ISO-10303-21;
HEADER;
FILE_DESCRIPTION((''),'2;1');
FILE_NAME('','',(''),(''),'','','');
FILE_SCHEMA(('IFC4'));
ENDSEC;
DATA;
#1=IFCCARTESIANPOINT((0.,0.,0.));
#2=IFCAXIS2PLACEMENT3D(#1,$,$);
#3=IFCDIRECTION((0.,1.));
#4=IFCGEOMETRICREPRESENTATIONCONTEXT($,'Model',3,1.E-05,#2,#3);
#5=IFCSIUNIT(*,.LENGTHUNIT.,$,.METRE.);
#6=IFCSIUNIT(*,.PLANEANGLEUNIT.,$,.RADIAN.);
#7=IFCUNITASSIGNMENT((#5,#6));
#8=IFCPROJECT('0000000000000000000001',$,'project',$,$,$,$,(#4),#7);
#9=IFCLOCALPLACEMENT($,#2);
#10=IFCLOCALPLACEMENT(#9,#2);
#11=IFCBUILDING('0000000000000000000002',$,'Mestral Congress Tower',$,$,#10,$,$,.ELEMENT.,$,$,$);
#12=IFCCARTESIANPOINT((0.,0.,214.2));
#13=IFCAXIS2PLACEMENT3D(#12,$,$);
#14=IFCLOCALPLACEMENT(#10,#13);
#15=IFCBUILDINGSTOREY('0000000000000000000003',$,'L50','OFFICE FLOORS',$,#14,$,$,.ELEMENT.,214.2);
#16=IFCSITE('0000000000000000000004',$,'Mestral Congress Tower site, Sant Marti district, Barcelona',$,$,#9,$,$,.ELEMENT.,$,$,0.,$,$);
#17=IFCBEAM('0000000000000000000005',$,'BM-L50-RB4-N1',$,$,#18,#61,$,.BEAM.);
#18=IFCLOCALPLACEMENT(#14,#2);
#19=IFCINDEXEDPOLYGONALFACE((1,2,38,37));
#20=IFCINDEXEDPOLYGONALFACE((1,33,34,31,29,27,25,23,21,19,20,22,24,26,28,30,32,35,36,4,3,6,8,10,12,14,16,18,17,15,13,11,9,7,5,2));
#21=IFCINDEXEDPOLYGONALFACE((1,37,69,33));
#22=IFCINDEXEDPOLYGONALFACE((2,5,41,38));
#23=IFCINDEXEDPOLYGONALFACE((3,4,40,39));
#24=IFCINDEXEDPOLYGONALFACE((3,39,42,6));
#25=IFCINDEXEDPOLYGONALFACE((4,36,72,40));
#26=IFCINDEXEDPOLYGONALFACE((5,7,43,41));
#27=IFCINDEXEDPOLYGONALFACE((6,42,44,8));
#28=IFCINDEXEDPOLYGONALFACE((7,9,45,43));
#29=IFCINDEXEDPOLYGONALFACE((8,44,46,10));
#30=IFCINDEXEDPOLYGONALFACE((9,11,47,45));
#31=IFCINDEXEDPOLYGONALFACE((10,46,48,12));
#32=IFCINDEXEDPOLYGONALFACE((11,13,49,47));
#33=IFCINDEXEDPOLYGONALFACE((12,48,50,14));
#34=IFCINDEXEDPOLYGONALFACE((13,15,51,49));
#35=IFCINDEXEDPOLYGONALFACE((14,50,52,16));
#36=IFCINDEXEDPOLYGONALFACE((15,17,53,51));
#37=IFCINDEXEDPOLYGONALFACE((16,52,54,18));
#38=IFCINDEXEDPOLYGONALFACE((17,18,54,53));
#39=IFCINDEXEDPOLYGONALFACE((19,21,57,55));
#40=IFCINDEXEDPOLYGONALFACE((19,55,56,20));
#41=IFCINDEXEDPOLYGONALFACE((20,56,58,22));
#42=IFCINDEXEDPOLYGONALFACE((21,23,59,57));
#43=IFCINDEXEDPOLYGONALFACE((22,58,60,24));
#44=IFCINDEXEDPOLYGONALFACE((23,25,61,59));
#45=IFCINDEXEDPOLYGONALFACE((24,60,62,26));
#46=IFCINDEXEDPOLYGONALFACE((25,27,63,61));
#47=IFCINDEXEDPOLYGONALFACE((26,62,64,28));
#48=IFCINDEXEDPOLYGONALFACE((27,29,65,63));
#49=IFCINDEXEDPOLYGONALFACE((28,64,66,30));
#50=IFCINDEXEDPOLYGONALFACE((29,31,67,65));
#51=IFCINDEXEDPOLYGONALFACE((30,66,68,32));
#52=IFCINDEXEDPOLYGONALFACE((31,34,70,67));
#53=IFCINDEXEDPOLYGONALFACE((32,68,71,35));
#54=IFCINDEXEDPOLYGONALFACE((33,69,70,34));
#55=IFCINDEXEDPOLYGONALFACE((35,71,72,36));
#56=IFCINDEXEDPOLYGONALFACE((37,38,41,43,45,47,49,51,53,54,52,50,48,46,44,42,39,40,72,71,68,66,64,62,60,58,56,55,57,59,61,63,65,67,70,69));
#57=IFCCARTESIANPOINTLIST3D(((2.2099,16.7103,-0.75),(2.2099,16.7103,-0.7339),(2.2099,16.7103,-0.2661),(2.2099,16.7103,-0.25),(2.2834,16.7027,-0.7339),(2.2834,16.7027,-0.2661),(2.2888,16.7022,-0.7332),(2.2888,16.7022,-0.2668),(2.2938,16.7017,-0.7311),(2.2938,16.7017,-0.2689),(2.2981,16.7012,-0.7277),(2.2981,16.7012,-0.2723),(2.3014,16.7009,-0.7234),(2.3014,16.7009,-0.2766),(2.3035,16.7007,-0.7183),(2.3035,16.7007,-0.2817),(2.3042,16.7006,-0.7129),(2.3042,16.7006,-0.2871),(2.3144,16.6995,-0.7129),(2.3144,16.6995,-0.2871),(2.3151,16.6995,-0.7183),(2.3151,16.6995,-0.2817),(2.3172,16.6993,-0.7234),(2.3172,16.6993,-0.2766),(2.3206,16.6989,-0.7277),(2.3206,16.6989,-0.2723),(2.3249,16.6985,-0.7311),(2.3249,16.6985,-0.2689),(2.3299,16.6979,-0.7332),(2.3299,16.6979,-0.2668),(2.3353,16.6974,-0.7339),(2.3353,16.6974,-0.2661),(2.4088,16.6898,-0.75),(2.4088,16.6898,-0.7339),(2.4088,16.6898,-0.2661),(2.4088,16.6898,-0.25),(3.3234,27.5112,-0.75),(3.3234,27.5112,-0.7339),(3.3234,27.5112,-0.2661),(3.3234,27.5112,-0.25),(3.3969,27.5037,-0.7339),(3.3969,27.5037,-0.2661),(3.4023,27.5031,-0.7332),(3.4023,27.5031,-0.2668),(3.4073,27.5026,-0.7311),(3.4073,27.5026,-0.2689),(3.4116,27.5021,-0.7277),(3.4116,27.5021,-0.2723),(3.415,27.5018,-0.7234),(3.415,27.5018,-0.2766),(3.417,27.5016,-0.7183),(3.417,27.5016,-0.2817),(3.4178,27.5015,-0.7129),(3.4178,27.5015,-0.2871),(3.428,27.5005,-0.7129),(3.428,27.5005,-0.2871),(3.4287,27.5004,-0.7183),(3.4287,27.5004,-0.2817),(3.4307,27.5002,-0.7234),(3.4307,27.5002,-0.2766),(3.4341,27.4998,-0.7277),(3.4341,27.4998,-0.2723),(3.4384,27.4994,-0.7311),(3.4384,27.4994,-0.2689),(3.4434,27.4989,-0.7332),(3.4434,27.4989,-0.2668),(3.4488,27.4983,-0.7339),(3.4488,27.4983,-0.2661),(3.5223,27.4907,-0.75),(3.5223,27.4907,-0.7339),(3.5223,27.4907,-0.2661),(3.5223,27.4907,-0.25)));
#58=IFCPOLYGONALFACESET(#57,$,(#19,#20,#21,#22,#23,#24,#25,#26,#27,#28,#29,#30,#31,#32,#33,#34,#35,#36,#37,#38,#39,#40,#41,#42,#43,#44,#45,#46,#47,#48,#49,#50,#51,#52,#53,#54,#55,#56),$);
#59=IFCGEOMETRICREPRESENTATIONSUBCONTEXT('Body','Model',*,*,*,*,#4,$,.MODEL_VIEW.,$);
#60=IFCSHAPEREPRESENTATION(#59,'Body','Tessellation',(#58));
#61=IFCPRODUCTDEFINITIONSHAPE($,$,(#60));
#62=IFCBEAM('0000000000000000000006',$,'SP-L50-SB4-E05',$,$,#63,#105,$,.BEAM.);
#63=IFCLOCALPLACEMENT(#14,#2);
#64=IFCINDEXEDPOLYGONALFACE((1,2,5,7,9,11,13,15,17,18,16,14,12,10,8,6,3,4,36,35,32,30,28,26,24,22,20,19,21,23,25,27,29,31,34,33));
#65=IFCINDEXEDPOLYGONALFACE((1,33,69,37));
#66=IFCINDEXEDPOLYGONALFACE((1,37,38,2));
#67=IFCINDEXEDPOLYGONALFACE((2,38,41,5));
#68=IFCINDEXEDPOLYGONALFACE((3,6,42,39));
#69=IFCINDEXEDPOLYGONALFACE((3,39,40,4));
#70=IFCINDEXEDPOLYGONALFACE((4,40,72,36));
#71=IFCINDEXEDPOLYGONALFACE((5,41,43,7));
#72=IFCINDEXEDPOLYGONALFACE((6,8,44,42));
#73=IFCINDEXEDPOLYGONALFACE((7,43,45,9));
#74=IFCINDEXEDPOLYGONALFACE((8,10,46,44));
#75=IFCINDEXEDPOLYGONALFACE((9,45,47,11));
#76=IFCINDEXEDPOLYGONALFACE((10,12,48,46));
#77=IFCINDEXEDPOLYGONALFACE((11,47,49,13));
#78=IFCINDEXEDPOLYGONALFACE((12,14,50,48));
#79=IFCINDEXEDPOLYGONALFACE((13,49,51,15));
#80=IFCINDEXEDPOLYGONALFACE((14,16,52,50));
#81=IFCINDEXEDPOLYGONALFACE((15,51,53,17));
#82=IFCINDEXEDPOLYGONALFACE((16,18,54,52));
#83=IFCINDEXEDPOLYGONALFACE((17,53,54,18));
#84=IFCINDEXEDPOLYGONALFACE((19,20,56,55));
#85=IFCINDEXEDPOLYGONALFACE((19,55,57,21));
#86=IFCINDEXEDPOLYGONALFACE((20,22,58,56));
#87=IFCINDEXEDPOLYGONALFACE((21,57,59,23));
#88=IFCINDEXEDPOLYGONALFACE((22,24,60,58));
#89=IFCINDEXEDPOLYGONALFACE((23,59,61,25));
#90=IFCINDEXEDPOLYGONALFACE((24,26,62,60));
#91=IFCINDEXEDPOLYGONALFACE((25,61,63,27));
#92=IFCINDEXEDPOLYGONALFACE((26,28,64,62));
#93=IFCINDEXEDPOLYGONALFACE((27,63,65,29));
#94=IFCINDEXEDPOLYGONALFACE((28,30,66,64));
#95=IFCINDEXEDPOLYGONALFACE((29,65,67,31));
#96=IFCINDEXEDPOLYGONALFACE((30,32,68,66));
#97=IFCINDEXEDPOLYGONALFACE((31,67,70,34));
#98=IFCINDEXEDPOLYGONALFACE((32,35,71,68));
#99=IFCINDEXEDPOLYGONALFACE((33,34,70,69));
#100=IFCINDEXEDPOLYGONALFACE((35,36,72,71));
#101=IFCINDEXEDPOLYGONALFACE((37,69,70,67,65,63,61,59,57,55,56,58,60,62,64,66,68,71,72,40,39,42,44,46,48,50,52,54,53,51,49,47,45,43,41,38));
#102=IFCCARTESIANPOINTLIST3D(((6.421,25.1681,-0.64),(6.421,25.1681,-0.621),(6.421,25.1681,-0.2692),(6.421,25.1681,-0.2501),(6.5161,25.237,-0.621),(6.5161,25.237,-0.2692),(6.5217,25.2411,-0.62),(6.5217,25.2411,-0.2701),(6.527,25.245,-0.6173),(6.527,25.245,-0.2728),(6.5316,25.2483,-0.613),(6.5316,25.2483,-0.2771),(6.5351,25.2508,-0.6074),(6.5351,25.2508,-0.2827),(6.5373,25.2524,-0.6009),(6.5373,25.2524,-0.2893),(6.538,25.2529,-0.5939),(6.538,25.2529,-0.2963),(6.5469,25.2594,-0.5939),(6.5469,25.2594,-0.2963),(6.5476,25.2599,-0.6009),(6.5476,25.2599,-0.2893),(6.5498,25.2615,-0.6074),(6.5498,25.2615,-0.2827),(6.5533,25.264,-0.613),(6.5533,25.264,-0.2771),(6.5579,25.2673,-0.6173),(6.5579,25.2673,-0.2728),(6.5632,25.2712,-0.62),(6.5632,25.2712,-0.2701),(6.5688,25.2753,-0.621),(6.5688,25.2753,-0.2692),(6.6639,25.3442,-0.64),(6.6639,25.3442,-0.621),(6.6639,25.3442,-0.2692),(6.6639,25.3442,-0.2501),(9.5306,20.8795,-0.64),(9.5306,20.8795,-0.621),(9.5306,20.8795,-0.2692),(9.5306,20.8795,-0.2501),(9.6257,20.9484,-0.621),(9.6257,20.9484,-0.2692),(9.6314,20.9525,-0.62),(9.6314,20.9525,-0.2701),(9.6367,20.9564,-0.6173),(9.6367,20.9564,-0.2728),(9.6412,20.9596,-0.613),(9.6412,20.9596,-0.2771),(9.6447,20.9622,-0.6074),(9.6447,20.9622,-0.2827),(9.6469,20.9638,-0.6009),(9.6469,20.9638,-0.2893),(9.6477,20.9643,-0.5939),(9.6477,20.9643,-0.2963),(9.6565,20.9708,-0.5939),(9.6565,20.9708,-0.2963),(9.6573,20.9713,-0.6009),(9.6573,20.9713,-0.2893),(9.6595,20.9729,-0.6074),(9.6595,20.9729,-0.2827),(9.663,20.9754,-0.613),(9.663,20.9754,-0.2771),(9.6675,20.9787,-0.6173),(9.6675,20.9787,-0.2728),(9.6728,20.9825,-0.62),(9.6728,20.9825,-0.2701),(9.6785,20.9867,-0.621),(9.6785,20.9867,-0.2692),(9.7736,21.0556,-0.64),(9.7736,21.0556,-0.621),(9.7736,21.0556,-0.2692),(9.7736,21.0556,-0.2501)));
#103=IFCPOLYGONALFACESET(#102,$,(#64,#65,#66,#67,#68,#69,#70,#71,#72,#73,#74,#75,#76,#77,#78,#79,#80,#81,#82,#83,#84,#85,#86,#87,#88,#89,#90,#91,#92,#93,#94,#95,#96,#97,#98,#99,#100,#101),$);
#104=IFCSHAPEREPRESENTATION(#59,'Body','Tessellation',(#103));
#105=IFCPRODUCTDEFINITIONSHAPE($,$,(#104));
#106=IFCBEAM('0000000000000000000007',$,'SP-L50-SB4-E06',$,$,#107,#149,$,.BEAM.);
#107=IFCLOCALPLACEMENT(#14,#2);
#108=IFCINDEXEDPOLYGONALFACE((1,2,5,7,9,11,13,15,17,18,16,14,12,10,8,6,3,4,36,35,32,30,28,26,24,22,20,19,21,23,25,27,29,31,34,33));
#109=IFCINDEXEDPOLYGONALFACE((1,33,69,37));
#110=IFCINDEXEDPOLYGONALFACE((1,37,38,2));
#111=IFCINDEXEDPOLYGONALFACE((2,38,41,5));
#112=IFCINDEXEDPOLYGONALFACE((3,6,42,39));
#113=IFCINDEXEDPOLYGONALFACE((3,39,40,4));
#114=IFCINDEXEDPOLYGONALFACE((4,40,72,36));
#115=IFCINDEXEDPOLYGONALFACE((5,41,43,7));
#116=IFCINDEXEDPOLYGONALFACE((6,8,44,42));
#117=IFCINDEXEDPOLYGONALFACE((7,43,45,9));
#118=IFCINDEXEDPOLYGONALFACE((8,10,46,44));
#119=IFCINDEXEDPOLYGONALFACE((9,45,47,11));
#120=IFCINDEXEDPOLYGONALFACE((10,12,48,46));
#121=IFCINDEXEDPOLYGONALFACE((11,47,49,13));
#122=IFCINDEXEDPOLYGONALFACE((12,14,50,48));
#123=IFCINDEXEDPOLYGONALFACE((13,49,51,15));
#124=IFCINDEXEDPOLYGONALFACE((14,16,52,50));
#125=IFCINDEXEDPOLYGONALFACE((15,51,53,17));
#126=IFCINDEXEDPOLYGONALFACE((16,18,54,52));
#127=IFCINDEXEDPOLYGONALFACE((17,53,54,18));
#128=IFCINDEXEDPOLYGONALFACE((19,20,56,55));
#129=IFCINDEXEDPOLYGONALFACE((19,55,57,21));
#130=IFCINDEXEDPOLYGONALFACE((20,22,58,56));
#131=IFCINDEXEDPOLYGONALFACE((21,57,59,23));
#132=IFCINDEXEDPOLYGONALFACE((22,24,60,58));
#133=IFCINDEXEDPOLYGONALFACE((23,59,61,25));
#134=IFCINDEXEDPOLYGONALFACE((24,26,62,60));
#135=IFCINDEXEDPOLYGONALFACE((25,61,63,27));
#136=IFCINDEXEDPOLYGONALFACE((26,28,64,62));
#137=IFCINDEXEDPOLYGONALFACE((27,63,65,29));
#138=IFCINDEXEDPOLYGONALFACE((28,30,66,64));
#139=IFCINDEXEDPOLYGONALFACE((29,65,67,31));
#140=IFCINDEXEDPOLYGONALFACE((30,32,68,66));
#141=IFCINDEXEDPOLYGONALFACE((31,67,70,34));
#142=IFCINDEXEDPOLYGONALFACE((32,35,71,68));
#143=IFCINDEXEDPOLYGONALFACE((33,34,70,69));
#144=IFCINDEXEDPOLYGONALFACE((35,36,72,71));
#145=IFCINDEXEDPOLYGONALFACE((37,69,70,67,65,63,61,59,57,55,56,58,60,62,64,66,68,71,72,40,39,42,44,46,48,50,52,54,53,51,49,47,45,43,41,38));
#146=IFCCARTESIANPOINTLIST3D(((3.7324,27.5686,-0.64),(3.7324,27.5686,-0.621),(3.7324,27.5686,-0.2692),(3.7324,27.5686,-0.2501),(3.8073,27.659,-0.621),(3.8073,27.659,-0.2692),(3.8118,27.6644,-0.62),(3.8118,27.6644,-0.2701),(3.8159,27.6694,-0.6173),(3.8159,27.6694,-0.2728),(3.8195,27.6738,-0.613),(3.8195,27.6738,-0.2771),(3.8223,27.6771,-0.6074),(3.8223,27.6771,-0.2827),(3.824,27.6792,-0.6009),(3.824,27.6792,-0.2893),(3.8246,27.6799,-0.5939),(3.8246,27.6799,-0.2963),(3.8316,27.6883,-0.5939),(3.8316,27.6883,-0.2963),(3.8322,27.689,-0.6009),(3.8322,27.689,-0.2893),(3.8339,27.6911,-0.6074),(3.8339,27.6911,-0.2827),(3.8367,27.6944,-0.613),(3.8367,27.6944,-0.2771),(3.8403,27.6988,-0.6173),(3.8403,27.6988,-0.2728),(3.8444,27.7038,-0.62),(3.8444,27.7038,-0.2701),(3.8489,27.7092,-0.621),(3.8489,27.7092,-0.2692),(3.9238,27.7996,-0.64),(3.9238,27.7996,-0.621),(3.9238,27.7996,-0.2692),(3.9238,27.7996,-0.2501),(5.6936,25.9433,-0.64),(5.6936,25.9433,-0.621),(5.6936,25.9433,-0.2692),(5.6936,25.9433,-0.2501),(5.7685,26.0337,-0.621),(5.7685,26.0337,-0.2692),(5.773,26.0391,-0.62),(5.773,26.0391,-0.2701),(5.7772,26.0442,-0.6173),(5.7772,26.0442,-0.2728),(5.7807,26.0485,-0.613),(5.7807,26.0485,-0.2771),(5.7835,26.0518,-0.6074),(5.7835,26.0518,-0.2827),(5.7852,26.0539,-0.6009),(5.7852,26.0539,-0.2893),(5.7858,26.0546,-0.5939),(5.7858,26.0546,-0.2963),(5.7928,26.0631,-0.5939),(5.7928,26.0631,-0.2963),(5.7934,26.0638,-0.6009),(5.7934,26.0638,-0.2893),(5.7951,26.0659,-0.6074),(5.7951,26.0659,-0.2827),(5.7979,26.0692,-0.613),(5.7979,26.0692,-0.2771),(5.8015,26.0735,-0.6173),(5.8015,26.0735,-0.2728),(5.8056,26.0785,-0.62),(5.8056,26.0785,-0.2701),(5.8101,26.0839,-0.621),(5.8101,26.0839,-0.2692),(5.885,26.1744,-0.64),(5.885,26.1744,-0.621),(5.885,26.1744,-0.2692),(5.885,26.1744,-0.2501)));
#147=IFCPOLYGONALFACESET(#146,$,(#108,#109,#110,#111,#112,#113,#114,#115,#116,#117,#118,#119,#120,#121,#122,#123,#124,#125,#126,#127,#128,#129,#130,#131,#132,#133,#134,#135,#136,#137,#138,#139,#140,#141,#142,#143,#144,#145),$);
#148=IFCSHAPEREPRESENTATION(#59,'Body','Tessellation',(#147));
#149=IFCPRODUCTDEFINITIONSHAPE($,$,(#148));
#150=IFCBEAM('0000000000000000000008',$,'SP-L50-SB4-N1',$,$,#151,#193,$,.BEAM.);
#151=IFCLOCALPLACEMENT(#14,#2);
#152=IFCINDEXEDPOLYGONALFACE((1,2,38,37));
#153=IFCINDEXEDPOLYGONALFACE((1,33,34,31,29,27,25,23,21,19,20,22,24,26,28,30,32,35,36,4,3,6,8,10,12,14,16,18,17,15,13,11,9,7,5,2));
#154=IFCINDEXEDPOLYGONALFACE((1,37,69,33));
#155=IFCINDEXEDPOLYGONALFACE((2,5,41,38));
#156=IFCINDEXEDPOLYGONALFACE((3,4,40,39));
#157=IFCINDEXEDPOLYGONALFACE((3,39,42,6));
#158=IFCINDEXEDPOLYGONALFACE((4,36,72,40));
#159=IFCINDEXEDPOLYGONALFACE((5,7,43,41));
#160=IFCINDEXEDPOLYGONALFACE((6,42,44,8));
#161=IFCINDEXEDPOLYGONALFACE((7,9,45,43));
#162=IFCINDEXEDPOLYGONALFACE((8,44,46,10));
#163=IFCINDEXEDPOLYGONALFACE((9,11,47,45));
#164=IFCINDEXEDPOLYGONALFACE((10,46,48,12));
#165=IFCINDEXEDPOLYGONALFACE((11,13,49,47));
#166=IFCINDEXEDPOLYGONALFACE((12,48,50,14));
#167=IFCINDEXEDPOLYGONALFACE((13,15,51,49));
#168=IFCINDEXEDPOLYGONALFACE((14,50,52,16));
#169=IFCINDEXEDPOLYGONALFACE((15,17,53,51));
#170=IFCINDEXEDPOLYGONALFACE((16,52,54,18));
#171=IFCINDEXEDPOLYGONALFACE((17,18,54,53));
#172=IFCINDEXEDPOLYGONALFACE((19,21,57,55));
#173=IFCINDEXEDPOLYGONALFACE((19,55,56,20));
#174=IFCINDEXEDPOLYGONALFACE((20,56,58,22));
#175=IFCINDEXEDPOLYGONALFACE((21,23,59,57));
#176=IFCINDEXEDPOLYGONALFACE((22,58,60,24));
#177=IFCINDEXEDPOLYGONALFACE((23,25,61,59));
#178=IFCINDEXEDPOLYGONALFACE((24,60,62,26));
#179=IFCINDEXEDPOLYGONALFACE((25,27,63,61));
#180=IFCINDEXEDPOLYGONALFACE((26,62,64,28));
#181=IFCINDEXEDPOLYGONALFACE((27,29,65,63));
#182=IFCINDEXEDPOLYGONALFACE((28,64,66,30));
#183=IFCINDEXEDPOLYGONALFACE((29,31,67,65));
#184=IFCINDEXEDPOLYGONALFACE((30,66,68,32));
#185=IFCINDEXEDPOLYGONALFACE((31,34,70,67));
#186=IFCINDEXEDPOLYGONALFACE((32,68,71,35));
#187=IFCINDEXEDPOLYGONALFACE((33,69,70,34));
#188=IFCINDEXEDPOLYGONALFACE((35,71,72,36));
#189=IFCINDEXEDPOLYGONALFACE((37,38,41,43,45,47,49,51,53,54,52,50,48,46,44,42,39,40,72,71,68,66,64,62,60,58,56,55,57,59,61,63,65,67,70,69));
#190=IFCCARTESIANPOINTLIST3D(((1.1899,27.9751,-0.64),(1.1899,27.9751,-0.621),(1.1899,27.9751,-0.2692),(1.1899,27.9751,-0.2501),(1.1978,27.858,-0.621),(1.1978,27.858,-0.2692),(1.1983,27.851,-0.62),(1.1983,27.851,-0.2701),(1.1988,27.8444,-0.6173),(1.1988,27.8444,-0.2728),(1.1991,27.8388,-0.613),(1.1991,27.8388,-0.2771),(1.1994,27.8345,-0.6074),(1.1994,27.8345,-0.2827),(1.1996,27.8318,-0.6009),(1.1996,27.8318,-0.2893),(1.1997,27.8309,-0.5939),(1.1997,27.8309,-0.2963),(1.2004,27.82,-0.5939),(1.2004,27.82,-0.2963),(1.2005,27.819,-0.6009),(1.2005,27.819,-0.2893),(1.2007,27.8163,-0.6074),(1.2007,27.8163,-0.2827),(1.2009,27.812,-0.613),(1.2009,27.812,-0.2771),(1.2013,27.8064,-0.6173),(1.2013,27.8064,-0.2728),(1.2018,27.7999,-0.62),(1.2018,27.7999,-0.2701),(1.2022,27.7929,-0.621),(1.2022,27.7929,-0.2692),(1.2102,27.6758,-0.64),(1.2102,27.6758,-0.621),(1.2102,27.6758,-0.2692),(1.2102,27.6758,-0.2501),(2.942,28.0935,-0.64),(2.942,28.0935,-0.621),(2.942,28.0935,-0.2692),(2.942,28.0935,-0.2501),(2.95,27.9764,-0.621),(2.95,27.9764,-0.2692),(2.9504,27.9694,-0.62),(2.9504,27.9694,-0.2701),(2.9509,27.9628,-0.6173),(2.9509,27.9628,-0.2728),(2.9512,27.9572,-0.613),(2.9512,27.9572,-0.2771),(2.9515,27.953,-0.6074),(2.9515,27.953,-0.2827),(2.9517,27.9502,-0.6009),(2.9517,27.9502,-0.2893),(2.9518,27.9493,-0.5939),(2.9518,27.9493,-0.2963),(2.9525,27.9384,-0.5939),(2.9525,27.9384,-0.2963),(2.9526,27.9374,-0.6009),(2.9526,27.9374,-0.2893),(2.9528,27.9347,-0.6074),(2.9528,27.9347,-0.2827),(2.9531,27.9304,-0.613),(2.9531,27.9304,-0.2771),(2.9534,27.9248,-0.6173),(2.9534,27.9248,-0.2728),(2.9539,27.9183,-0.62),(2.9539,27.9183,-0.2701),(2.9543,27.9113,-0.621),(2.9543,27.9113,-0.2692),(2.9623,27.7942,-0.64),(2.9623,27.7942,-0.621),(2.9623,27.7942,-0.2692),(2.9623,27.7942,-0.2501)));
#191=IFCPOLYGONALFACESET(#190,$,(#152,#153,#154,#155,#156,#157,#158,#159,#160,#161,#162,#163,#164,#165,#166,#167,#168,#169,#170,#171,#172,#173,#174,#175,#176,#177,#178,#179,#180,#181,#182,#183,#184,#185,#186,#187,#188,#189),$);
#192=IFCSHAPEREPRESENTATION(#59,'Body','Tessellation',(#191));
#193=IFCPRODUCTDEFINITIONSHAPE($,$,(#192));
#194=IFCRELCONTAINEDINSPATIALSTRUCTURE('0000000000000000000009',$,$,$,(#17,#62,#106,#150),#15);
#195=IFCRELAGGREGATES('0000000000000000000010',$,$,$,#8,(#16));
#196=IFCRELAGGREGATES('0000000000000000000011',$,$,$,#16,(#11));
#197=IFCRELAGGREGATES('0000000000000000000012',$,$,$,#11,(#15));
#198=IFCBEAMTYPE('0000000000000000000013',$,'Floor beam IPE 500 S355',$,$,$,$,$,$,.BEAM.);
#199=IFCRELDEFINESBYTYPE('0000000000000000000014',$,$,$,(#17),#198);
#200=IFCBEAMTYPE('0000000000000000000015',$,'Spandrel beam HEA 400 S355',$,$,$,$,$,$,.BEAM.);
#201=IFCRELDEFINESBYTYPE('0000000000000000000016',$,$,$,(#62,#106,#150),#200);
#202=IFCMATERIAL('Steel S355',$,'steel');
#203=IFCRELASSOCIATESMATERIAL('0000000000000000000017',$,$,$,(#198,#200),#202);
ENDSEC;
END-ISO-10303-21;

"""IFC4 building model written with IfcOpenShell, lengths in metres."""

from ifc_helpers import new_model, si_unit, direction, frame, origin, origin_2d, place, context, subcontext, project, spatial, i_section, extrude, material, material_profile, profile_set, type_object, element, save


model = new_model("IFC4")

# Units and contexts
model_context = context("Model", 3, precision=1e-05, world=origin(), true_north=direction((0.0, 1.0)))
body_context = subcontext(model_context, "Body", "Model", "MODEL_VIEW")
ifc_project = project(units=[si_unit("LENGTHUNIT", "METRE"), si_unit("PLANEANGLEUNIT", "RADIAN")], contexts=[model_context])

# Site, building, storey
site_placement = place(None, origin())
site = spatial("IfcSite", under=ifc_project, at=site_placement, Name="Mestral Congress Tower site, Sant Marti district, Barcelona", CompositionType="ELEMENT", RefElevation=0.0)
building_placement = place(site_placement, origin())
building = spatial("IfcBuilding", under=site, at=building_placement, Name="Mestral Congress Tower", CompositionType="ELEMENT")
storey_placement = place(building_placement, frame((0.0, 0.0, 214.2)))
storey = spatial("IfcBuildingStorey", under=building, at=storey_placement, Name="L50", Description="OFFICE FLOORS", CompositionType="ELEMENT", Elevation=214.2)

# Beams
ifc_material_1 = material(Name="Steel S355", Category="steel")
ifc_material_profile_1 = material_profile(ifc_material_1, i_section(OverallWidth=0.2, OverallDepth=0.5, WebThickness=0.0103, FlangeThickness=0.0161, FilletRadius=0.021, at=origin_2d()), Name="IPE 500")
ifc_profile_set_1 = profile_set([ifc_material_profile_1], Name="Steel S355")
beam_type_1 = type_object("IfcBeamType", Name="Floor beam IPE 500 S355", PredefinedType="BEAM", material=ifc_profile_set_1)
beam_1_placement = place(storey_placement, frame((3.4229, 27.501, -0.5), z_axis=(-0.102551, -0.994728, 0.0), x_axis=(0.994728, -0.102551, 0.0)))
element("IfcBeam", 1, at=beam_1_placement, inside=storey, type_object=beam_type_1, Name="BM-L50-RB4-N1", PredefinedType="BEAM", context=body_context, shape_type="SweptSolid", body=[
    extrude(i_section(OverallWidth=0.2, OverallDepth=0.5, WebThickness=0.0103, FlangeThickness=0.0161, FilletRadius=0.021, at=origin_2d()), origin(), (0.0, 0.0, 1.0), 10.8582),
])
ifc_material_profile_2 = material_profile(ifc_material_1, i_section(OverallWidth=0.3, OverallDepth=0.3899, WebThickness=0.011, FlangeThickness=0.019, FilletRadius=0.0271, at=origin_2d()), Name="HEA 400")
ifc_profile_set_2 = profile_set([ifc_material_profile_2], Name="Steel S355")
beam_type_2 = type_object("IfcBeamType", Name="Spandrel beam HEA 400 S355", PredefinedType="BEAM", material=ifc_profile_set_2)
beam_2_placement = place(storey_placement, frame((9.6521, 20.9675, -0.4451), z_axis=(-0.587017, 0.809574, 0.0), x_axis=(-0.809574, -0.587017, 0.0)))
element("IfcBeam", 2, at=beam_2_placement, inside=storey, type_object=beam_type_2, Name="SP-L50-SB4-E05", PredefinedType="BEAM", context=body_context, shape_type="SweptSolid", body=[
    extrude(i_section(OverallWidth=0.3, OverallDepth=0.3899, WebThickness=0.011, FlangeThickness=0.019, FilletRadius=0.0271, at=origin_2d()), origin(), (0.0, 0.0, 1.0), 5.2974),
])
beam_3_placement = place(storey_placement, frame((5.7893, 26.0588, -0.4451), z_axis=(-0.76997, 0.63808, 0.0), x_axis=(-0.63808, -0.76997, 0.0)))
element("IfcBeam", 3, at=beam_3_placement, inside=storey, type_object=beam_type_2, Name="SP-L50-SB4-E06", PredefinedType="BEAM", context=body_context, shape_type="SweptSolid", body=[
    extrude(i_section(OverallWidth=0.3, OverallDepth=0.3899, WebThickness=0.011, FlangeThickness=0.019, FilletRadius=0.0271, at=origin_2d()), origin(), (0.0, 0.0, 1.0), 2.5471),
])
beam_4_placement = place(storey_placement, frame((2.9521, 27.9438, -0.4451), z_axis=(-0.997724, -0.067423, 0.0), x_axis=(0.067423, -0.997724, 0.0)))
element("IfcBeam", 4, at=beam_4_placement, inside=storey, type_object=beam_type_2, Name="SP-L50-SB4-N1", PredefinedType="BEAM", context=body_context, shape_type="SweptSolid", body=[
    extrude(i_section(OverallWidth=0.3, OverallDepth=0.3899, WebThickness=0.011, FlangeThickness=0.019, FilletRadius=0.0271, at=origin_2d()), origin(), (0.0, 0.0, 1.0), 1.7561),
])

save(model, "model.ifc")
